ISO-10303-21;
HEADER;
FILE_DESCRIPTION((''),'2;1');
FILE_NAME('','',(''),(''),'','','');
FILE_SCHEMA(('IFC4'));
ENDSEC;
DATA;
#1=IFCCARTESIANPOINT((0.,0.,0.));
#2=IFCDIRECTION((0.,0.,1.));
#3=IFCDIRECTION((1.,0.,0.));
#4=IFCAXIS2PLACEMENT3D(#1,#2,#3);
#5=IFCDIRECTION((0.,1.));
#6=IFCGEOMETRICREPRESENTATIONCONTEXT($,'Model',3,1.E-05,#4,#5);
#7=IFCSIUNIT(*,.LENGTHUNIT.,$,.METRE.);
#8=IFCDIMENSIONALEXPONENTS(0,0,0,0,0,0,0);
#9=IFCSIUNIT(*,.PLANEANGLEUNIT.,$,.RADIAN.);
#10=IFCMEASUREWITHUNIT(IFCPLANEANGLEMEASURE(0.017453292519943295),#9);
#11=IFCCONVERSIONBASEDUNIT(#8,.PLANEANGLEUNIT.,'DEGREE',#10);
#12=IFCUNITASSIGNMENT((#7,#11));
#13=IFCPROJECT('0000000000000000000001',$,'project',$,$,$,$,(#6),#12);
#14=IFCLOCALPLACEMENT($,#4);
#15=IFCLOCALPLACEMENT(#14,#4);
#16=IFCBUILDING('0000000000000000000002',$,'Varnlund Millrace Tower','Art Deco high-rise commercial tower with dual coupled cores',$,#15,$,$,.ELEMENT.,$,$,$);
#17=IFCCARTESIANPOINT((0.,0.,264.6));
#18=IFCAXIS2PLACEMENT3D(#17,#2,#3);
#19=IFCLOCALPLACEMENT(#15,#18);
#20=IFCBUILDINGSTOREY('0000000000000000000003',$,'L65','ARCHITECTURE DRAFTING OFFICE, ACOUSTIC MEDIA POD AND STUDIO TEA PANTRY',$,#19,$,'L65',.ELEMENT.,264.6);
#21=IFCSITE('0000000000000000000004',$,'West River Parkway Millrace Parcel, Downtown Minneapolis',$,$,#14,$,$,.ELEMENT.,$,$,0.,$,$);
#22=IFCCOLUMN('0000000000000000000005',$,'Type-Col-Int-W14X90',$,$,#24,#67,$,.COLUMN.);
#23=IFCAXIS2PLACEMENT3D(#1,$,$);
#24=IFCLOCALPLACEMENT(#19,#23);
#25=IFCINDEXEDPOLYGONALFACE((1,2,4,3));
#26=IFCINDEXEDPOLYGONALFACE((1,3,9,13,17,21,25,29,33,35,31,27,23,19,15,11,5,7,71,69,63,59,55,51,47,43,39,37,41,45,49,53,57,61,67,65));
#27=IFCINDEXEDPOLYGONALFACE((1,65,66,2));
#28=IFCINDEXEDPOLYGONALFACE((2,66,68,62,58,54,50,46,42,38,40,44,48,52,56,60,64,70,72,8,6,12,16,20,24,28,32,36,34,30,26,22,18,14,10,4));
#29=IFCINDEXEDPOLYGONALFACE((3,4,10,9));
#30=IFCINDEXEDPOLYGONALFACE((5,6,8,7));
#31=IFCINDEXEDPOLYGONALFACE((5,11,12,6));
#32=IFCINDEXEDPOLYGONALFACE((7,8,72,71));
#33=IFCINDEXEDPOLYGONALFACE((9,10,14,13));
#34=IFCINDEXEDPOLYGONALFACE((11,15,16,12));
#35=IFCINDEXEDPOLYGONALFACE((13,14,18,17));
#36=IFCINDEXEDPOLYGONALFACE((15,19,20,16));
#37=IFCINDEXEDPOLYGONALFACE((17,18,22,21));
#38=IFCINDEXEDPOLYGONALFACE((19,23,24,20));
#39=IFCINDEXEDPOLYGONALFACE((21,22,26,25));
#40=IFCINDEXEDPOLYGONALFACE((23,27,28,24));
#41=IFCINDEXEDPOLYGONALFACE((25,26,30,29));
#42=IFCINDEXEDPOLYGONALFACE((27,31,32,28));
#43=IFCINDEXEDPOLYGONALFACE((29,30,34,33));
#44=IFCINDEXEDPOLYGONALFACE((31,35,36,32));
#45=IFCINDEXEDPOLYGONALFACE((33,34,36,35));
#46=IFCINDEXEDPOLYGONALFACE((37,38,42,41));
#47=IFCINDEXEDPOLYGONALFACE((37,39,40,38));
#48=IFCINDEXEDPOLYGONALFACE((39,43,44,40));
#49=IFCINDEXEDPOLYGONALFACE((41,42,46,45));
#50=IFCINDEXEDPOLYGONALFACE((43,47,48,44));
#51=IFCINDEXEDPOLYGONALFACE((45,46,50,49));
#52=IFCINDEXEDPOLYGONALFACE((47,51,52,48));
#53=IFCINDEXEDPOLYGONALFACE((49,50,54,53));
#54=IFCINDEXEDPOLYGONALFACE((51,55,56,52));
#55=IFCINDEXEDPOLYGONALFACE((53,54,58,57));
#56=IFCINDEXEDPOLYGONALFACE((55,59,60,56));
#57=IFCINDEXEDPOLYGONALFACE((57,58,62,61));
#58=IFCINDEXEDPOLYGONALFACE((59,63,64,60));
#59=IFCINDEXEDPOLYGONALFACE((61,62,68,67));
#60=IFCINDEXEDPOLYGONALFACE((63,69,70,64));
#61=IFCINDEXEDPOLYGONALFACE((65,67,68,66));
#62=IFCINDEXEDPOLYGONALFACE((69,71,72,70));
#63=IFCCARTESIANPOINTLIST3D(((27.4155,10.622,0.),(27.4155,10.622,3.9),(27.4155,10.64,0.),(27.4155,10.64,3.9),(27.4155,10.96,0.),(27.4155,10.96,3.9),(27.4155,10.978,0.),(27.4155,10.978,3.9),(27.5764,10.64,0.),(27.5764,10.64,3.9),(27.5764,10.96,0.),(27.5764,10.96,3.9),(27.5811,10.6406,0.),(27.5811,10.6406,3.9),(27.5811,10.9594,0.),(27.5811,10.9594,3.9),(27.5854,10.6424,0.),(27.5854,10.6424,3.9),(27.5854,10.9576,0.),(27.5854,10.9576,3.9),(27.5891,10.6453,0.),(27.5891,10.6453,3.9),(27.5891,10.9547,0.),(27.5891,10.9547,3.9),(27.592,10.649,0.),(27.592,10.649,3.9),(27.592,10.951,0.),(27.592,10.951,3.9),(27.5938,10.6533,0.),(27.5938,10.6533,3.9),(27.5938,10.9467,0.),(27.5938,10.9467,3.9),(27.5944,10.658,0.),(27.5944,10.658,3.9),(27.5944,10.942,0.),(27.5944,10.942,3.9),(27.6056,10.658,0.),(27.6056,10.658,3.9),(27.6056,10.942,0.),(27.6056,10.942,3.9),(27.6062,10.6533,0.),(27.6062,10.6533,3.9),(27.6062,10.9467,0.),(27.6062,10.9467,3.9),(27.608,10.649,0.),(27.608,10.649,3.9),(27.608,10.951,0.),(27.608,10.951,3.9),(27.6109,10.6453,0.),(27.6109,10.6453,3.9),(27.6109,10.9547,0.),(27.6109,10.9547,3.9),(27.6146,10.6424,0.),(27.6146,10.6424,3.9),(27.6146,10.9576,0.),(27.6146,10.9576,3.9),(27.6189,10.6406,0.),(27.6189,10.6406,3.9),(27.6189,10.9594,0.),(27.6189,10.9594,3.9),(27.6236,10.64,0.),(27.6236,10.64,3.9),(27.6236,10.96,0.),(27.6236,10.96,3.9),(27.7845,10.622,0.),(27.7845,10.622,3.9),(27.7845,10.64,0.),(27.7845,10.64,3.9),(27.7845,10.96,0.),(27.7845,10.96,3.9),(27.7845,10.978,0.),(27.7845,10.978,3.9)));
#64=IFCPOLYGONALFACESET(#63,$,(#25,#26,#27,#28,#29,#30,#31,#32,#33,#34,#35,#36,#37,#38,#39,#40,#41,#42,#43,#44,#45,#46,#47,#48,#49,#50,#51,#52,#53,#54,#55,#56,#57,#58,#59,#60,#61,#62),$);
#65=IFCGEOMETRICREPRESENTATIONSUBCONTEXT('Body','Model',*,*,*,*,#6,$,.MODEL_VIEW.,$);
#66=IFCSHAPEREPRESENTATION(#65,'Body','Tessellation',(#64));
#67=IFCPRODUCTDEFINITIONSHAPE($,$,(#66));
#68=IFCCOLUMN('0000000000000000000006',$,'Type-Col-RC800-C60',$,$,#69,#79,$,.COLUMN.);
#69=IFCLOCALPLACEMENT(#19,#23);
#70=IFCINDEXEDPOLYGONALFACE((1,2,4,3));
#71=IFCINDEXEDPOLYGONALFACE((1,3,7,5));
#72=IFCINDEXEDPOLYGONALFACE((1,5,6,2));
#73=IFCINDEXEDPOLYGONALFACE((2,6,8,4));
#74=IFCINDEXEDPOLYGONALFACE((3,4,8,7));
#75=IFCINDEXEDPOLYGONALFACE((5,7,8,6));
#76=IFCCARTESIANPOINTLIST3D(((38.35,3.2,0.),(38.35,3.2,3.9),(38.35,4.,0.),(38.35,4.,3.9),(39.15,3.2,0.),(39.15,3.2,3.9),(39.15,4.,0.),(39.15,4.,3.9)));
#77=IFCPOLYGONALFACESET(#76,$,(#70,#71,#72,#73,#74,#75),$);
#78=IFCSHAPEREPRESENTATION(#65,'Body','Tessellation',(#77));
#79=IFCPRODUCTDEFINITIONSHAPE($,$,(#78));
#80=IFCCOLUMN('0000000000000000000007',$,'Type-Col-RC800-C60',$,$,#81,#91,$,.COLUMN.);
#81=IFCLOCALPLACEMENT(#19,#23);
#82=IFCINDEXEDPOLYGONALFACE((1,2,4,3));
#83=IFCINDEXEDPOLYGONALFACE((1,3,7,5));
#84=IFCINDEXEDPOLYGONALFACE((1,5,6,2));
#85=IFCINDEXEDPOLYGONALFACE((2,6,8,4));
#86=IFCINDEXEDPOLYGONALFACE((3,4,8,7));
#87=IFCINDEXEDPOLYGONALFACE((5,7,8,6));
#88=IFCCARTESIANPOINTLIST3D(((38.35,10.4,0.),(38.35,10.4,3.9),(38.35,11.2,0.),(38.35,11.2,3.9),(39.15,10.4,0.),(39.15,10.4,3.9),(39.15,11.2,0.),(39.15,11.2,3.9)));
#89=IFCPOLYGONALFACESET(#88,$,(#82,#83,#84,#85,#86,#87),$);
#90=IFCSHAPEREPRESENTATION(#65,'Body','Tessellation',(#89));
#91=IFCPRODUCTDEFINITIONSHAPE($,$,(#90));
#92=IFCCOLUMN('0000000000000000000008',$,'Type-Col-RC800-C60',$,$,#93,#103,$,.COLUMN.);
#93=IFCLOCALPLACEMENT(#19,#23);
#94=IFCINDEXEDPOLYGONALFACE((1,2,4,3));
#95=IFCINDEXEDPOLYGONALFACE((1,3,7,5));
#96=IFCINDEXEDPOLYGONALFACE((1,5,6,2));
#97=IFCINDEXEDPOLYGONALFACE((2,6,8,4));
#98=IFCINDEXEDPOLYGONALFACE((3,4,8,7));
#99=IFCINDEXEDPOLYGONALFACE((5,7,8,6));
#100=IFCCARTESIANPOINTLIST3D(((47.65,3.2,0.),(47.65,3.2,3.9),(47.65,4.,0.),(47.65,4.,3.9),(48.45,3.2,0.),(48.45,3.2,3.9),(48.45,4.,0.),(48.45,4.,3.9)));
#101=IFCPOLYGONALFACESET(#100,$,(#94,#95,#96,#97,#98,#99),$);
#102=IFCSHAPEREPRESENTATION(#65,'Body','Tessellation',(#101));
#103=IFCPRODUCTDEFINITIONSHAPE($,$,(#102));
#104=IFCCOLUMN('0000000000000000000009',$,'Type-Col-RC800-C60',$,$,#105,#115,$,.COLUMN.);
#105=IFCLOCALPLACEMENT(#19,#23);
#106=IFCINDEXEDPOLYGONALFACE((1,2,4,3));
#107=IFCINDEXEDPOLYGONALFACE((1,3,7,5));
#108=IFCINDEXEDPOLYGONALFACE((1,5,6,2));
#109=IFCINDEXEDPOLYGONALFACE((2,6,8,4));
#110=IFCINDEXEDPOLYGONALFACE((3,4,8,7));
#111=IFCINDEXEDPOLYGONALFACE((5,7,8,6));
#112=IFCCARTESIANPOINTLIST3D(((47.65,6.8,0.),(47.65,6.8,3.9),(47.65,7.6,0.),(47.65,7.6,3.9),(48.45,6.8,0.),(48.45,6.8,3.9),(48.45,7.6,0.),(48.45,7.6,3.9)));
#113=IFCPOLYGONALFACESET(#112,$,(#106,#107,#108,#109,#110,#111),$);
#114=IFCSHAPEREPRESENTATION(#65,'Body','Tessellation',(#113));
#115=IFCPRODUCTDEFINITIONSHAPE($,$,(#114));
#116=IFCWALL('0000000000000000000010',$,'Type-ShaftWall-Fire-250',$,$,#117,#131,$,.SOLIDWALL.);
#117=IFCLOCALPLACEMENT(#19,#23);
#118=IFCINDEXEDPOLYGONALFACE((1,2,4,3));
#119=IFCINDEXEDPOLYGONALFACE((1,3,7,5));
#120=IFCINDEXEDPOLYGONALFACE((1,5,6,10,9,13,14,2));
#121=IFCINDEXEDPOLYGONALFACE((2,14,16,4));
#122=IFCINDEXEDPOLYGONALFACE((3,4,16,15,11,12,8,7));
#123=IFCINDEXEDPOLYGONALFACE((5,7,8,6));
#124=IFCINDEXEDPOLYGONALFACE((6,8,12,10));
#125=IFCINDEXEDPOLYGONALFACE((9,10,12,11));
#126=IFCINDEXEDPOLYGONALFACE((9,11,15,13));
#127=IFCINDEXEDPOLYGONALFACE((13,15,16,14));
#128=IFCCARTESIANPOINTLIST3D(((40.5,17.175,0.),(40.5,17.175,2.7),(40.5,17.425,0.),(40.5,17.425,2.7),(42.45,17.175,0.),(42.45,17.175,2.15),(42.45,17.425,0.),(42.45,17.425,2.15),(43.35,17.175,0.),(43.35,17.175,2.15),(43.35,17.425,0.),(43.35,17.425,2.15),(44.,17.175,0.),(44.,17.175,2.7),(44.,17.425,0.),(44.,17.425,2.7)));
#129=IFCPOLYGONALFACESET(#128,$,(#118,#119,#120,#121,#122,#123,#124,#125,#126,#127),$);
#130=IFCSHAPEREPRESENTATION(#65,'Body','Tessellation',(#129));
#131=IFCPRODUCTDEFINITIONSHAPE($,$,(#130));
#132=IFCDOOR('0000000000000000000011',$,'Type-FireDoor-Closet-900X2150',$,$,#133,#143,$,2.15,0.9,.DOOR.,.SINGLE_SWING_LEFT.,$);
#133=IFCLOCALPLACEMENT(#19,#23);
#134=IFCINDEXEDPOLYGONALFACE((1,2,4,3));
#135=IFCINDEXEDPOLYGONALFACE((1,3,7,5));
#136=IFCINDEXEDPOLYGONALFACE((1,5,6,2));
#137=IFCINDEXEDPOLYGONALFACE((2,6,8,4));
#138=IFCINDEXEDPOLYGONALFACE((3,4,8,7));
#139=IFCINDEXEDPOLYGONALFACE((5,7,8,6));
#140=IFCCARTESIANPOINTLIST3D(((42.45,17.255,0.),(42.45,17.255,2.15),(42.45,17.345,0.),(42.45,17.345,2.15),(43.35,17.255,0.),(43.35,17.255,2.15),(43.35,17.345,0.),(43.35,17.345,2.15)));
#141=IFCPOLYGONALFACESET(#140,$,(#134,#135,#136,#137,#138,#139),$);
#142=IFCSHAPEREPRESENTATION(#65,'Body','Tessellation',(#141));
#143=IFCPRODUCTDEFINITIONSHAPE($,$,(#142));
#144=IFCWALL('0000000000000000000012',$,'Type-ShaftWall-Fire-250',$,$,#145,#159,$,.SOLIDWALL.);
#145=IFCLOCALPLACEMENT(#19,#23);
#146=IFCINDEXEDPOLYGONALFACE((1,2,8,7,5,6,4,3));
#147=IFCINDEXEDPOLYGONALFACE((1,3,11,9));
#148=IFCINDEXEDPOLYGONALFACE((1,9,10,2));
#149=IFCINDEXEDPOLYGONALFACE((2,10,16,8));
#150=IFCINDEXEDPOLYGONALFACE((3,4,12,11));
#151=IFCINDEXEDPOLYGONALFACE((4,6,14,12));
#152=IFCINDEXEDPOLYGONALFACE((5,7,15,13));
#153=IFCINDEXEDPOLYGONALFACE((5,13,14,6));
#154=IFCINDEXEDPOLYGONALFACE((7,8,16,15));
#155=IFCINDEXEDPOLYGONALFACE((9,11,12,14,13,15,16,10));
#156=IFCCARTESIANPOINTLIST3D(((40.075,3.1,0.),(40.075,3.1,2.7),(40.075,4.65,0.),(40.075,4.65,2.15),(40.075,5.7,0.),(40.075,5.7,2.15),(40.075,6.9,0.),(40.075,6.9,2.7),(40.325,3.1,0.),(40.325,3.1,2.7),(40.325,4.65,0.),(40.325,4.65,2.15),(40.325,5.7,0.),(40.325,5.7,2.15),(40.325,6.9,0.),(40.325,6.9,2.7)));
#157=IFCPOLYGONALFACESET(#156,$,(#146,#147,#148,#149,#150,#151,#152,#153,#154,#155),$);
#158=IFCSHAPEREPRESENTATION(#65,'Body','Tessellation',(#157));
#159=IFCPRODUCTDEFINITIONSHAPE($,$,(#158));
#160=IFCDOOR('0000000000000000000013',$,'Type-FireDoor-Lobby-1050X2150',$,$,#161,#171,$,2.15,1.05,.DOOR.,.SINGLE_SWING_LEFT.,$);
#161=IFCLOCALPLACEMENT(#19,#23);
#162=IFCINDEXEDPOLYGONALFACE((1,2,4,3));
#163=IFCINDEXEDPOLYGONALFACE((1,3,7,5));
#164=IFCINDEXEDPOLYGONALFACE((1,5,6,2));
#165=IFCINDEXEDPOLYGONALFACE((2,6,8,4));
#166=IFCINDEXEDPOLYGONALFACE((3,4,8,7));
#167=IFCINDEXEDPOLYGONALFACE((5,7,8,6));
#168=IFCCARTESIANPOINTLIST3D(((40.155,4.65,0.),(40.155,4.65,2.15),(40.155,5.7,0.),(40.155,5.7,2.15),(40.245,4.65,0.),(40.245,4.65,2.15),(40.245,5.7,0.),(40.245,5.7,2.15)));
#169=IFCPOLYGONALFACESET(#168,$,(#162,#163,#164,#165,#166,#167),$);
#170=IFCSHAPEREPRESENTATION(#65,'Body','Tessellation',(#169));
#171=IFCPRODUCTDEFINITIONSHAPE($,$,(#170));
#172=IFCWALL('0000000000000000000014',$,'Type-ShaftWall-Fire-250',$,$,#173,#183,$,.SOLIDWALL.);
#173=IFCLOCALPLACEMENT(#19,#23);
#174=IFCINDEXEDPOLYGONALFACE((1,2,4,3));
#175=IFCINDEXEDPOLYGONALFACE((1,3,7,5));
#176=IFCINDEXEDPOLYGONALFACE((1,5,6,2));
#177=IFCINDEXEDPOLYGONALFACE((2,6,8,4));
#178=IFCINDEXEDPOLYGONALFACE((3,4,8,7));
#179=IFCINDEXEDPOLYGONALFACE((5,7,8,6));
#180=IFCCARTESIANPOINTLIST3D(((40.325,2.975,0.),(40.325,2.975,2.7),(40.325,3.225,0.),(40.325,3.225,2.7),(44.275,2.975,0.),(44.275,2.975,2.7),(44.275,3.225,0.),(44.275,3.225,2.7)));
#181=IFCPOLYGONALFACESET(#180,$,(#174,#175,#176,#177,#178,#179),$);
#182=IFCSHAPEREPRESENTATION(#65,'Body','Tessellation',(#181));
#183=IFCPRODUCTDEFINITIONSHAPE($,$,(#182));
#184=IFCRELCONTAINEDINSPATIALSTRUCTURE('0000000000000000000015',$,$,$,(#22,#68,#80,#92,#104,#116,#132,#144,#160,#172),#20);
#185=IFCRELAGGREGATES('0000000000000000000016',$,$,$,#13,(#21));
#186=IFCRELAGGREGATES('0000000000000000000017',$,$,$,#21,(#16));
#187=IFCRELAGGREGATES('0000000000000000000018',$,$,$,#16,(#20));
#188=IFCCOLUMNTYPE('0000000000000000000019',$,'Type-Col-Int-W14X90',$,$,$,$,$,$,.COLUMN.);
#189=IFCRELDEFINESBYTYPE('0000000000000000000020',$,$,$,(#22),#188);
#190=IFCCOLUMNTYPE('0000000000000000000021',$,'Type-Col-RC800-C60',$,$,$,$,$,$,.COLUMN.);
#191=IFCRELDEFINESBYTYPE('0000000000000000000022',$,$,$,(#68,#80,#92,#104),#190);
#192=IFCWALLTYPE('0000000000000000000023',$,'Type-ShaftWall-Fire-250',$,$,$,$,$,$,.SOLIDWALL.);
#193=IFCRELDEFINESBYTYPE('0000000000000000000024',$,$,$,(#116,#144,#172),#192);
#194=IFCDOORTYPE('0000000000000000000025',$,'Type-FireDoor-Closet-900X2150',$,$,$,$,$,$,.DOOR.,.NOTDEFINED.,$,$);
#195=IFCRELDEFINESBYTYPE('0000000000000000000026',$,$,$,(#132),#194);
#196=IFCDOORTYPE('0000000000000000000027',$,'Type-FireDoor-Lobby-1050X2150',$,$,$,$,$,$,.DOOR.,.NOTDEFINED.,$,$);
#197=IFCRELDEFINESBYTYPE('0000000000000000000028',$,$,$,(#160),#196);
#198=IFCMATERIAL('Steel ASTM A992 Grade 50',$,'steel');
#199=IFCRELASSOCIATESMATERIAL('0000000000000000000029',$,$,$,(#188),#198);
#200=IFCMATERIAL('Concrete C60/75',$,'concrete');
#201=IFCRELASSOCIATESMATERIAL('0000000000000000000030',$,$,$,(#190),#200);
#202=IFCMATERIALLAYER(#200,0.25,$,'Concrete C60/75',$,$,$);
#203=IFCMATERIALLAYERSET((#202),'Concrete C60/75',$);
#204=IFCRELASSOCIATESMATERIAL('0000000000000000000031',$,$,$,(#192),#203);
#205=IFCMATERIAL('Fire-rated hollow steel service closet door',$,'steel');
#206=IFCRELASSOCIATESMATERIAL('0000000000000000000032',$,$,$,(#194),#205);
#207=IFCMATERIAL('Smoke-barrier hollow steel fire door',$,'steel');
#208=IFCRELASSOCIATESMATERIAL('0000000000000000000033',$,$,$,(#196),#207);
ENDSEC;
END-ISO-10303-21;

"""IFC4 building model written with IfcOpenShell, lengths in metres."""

from ifc_helpers import new_model, entity, si_unit, converted_unit, direction, frame, origin_with_axes, origin_2d_with_axis, place, context, subcontext, project, spatial, polyline, rectangle, i_section, outline, extrude, material, layer, layer_set, material_profile, profile_set, type_object, element, fill, save


model = new_model("IFC4")

# Units and contexts
model_context = context("Model", 3, precision=1e-05, world=origin_with_axes(), true_north=direction((0.0, 1.0)))
body_context = subcontext(model_context, "Body", "Model", "MODEL_VIEW")
ifc_project = project(units=[si_unit("LENGTHUNIT", "METRE"), converted_unit("PLANEANGLEUNIT", "DEGREE", entity("IfcPlaneAngleMeasure", 0.017453292519943295), si_unit("PLANEANGLEUNIT", "RADIAN"), dimensions=[0, 0, 0, 0, 0, 0, 0])], contexts=[model_context])

# Site, building, storey
site_placement = place(None, origin_with_axes())
site = spatial("IfcSite", under=ifc_project, at=site_placement, Name="West River Parkway Millrace Parcel, Downtown Minneapolis", CompositionType="ELEMENT", RefElevation=0.0)
building_placement = place(site_placement, origin_with_axes())
building = spatial("IfcBuilding", under=site, at=building_placement, Name="Varnlund Millrace Tower", Description="Art Deco high-rise commercial tower with dual coupled cores", CompositionType="ELEMENT")
storey_placement = place(building_placement, frame((0.0, 0.0, 264.6), z_axis=(0.0, 0.0, 1.0), x_axis=(1.0, 0.0, 0.0)))
storey = spatial("IfcBuildingStorey", under=building, at=storey_placement, Name="L65", Description="ARCHITECTURE DRAFTING OFFICE, ACOUSTIC MEDIA POD AND STUDIO TEA PANTRY", LongName="L65", CompositionType="ELEMENT", Elevation=264.6)

# Columns
ifc_material_1 = material(Name="Steel ASTM A992 Grade 50", Category="steel")
ifc_material_profile_1 = material_profile(ifc_material_1, i_section(OverallWidth=0.369, OverallDepth=0.356, WebThickness=0.0112, FlangeThickness=0.018, FilletRadius=0.018, at=origin_2d_with_axis()), Name="Steel ASTM A992 Grade 50")
ifc_profile_set_1 = profile_set([ifc_material_profile_1], Name="Steel ASTM A992 Grade 50")
column_type_1 = type_object("IfcColumnType", Name="Type-Col-Int-W14X90", PredefinedType="COLUMN", material=ifc_profile_set_1)
column_placement = place(storey_placement, frame((27.6, 10.8, 0.0), z_axis=(0.0, 0.0, 1.0), x_axis=(1.0, 0.0, 0.0)))
element("IfcColumn", 1, at=column_placement, inside=storey, type_object=column_type_1, Name="Type-Col-Int-W14X90", PredefinedType="COLUMN", context=body_context, shape_type="SweptSolid", body=[
    extrude(i_section(OverallWidth=0.369, OverallDepth=0.356, WebThickness=0.0112, FlangeThickness=0.018, FilletRadius=0.018, at=origin_2d_with_axis()), origin_with_axes(), (0.0, 0.0, 1.0), 3.9),
])
ifc_material_2 = material(Name="Concrete C60/75", Category="concrete")
ifc_material_profile_2 = material_profile(ifc_material_2, rectangle(XDim=0.8, YDim=0.8, at=origin_2d_with_axis()), Name="Concrete C60/75")
ifc_profile_set_2 = profile_set([ifc_material_profile_2], Name="Concrete C60/75")
column_type_2 = type_object("IfcColumnType", Name="Type-Col-RC800-C60", PredefinedType="COLUMN", material=ifc_profile_set_2)
for number, where, z_axis, x_axis, name in (
    (2, (38.75, 3.6, 0.0), (0.0, 0.0, 1.0), (1.0, 0.0, 0.0), "Type-Col-RC800-C60"),
    (3, (38.75, 10.8, 0.0), (0.0, 0.0, 1.0), (1.0, 0.0, 0.0), "Type-Col-RC800-C60"),
    (4, (48.05, 3.6, 0.0), (0.0, 0.0, 1.0), (1.0, 0.0, 0.0), "Type-Col-RC800-C60"),
    (5, (48.05, 7.2, 0.0), (0.0, 0.0, 1.0), (1.0, 0.0, 0.0), "Type-Col-RC800-C60"),
):
    element("IfcColumn", number, at=place(storey_placement, frame(where, z_axis=z_axis, x_axis=x_axis)), inside=storey, type_object=column_type_2, Name=name, PredefinedType="COLUMN", context=body_context, shape_type="SweptSolid", body=[
        extrude(rectangle(XDim=0.8, YDim=0.8, at=origin_2d_with_axis()), origin_with_axes(), (0.0, 0.0, 1.0), 3.9),
    ])

# Walls, openings, doors
ifc_layer = layer(ifc_material_2, 0.25, Name="Concrete C60/75")
ifc_layer_set = layer_set([ifc_layer], Name="Concrete C60/75")
wall_type_1 = type_object("IfcWallType", Name="Type-ShaftWall-Fire-250", PredefinedType="SOLIDWALL", material=ifc_layer_set)
wall_1_placement = place(storey_placement, frame((40.5, 17.3, 0.0), z_axis=(0.0, 0.0, 1.0), x_axis=(1.0, 0.0, 0.0)))
wall_1 = element("IfcWall", 6, at=wall_1_placement, inside=storey, type_object=wall_type_1, Name="Type-ShaftWall-Fire-250", PredefinedType="SOLIDWALL", context=body_context, shape_type="SweptSolid", body=[
    extrude(outline(polyline([(0.0, -0.125), (3.5, -0.125), (3.5, 0.125), (0.0, 0.125), (0.0, -0.125)])), origin_with_axes(), (0.0, 0.0, 1.0), 2.7),
])
opening_1_placement = place(wall_1_placement, frame((2.4, 0.0, 0.0), z_axis=(0.0, 0.0, 1.0), x_axis=(1.0, 0.0, 0.0)))
opening_1 = element("IfcOpeningElement", 7, at=opening_1_placement, cuts=wall_1, PredefinedType="OPENING", context=body_context, shape_type="SweptSolid", body=[
    extrude(rectangle(XDim=0.9, YDim=0.27, at=origin_2d_with_axis()), origin_with_axes(), (0.0, 0.0, 1.0), 2.15),
])
ifc_material_3 = material(Name="Fire-rated hollow steel service closet door", Category="steel")
door_type_1 = type_object("IfcDoorType", Name="Type-FireDoor-Closet-900X2150", OperationType="NOTDEFINED", PredefinedType="DOOR", material=ifc_material_3)
door_1_placement = place(wall_1_placement, frame((2.4, 0.0, 0.0), z_axis=(0.0, 0.0, 1.0), x_axis=(1.0, 0.0, 0.0)))
door_1 = element("IfcDoor", 8, at=door_1_placement, inside=storey, type_object=door_type_1, Name="Type-FireDoor-Closet-900X2150", OperationType="SINGLE_SWING_LEFT", OverallHeight=2.15, OverallWidth=0.9, PredefinedType="DOOR", context=body_context, shape_type="SweptSolid", body=[
    extrude(rectangle(XDim=0.9, YDim=0.09, at=origin_2d_with_axis()), origin_with_axes(), (0.0, 0.0, 1.0), 2.15),
])
fill(opening_1, door_1)
wall_2_placement = place(storey_placement, frame((40.2, 3.1, 0.0), z_axis=(0.0, 0.0, 1.0), x_axis=(0.0, 1.0, 0.0)))
wall_2 = element("IfcWall", 9, at=wall_2_placement, inside=storey, type_object=wall_type_1, Name="Type-ShaftWall-Fire-250", PredefinedType="SOLIDWALL", context=body_context, shape_type="SweptSolid", body=[
    extrude(outline(polyline([(0.0, -0.125), (3.8, -0.125), (3.8, 0.125), (0.0, 0.125), (0.0, -0.125)])), origin_with_axes(), (0.0, 0.0, 1.0), 2.7),
])
opening_2_placement = place(wall_2_placement, frame((2.075, 0.0, 0.0), z_axis=(0.0, 0.0, 1.0), x_axis=(1.0, 0.0, 0.0)))
opening_2 = element("IfcOpeningElement", 10, at=opening_2_placement, cuts=wall_2, PredefinedType="OPENING", context=body_context, shape_type="SweptSolid", body=[
    extrude(rectangle(XDim=1.05, YDim=0.27, at=origin_2d_with_axis()), origin_with_axes(), (0.0, 0.0, 1.0), 2.15),
])
ifc_material_4 = material(Name="Smoke-barrier hollow steel fire door", Category="steel")
door_type_2 = type_object("IfcDoorType", Name="Type-FireDoor-Lobby-1050X2150", OperationType="NOTDEFINED", PredefinedType="DOOR", material=ifc_material_4)
door_2_placement = place(wall_2_placement, frame((2.075, 0.0, 0.0), z_axis=(0.0, 0.0, 1.0), x_axis=(1.0, 0.0, 0.0)))
door_2 = element("IfcDoor", 11, at=door_2_placement, inside=storey, type_object=door_type_2, Name="Type-FireDoor-Lobby-1050X2150", OperationType="SINGLE_SWING_LEFT", OverallHeight=2.15, OverallWidth=1.05, PredefinedType="DOOR", context=body_context, shape_type="SweptSolid", body=[
    extrude(rectangle(XDim=1.05, YDim=0.09, at=origin_2d_with_axis()), origin_with_axes(), (0.0, 0.0, 1.0), 2.15),
])
fill(opening_2, door_2)

# Wall
wall_3_placement = place(storey_placement, frame((40.325, 3.1, 0.0), z_axis=(0.0, 0.0, 1.0), x_axis=(1.0, 0.0, 0.0)))
element("IfcWall", 12, at=wall_3_placement, inside=storey, type_object=wall_type_1, Name="Type-ShaftWall-Fire-250", PredefinedType="SOLIDWALL", context=body_context, shape_type="SweptSolid", body=[
    extrude(outline(polyline([(0.0, -0.125), (3.95, -0.125), (3.95, 0.125), (0.0, 0.125), (0.0, -0.125)])), origin_with_axes(), (0.0, 0.0, 1.0), 2.7),
])

save(model, "model.ifc")
